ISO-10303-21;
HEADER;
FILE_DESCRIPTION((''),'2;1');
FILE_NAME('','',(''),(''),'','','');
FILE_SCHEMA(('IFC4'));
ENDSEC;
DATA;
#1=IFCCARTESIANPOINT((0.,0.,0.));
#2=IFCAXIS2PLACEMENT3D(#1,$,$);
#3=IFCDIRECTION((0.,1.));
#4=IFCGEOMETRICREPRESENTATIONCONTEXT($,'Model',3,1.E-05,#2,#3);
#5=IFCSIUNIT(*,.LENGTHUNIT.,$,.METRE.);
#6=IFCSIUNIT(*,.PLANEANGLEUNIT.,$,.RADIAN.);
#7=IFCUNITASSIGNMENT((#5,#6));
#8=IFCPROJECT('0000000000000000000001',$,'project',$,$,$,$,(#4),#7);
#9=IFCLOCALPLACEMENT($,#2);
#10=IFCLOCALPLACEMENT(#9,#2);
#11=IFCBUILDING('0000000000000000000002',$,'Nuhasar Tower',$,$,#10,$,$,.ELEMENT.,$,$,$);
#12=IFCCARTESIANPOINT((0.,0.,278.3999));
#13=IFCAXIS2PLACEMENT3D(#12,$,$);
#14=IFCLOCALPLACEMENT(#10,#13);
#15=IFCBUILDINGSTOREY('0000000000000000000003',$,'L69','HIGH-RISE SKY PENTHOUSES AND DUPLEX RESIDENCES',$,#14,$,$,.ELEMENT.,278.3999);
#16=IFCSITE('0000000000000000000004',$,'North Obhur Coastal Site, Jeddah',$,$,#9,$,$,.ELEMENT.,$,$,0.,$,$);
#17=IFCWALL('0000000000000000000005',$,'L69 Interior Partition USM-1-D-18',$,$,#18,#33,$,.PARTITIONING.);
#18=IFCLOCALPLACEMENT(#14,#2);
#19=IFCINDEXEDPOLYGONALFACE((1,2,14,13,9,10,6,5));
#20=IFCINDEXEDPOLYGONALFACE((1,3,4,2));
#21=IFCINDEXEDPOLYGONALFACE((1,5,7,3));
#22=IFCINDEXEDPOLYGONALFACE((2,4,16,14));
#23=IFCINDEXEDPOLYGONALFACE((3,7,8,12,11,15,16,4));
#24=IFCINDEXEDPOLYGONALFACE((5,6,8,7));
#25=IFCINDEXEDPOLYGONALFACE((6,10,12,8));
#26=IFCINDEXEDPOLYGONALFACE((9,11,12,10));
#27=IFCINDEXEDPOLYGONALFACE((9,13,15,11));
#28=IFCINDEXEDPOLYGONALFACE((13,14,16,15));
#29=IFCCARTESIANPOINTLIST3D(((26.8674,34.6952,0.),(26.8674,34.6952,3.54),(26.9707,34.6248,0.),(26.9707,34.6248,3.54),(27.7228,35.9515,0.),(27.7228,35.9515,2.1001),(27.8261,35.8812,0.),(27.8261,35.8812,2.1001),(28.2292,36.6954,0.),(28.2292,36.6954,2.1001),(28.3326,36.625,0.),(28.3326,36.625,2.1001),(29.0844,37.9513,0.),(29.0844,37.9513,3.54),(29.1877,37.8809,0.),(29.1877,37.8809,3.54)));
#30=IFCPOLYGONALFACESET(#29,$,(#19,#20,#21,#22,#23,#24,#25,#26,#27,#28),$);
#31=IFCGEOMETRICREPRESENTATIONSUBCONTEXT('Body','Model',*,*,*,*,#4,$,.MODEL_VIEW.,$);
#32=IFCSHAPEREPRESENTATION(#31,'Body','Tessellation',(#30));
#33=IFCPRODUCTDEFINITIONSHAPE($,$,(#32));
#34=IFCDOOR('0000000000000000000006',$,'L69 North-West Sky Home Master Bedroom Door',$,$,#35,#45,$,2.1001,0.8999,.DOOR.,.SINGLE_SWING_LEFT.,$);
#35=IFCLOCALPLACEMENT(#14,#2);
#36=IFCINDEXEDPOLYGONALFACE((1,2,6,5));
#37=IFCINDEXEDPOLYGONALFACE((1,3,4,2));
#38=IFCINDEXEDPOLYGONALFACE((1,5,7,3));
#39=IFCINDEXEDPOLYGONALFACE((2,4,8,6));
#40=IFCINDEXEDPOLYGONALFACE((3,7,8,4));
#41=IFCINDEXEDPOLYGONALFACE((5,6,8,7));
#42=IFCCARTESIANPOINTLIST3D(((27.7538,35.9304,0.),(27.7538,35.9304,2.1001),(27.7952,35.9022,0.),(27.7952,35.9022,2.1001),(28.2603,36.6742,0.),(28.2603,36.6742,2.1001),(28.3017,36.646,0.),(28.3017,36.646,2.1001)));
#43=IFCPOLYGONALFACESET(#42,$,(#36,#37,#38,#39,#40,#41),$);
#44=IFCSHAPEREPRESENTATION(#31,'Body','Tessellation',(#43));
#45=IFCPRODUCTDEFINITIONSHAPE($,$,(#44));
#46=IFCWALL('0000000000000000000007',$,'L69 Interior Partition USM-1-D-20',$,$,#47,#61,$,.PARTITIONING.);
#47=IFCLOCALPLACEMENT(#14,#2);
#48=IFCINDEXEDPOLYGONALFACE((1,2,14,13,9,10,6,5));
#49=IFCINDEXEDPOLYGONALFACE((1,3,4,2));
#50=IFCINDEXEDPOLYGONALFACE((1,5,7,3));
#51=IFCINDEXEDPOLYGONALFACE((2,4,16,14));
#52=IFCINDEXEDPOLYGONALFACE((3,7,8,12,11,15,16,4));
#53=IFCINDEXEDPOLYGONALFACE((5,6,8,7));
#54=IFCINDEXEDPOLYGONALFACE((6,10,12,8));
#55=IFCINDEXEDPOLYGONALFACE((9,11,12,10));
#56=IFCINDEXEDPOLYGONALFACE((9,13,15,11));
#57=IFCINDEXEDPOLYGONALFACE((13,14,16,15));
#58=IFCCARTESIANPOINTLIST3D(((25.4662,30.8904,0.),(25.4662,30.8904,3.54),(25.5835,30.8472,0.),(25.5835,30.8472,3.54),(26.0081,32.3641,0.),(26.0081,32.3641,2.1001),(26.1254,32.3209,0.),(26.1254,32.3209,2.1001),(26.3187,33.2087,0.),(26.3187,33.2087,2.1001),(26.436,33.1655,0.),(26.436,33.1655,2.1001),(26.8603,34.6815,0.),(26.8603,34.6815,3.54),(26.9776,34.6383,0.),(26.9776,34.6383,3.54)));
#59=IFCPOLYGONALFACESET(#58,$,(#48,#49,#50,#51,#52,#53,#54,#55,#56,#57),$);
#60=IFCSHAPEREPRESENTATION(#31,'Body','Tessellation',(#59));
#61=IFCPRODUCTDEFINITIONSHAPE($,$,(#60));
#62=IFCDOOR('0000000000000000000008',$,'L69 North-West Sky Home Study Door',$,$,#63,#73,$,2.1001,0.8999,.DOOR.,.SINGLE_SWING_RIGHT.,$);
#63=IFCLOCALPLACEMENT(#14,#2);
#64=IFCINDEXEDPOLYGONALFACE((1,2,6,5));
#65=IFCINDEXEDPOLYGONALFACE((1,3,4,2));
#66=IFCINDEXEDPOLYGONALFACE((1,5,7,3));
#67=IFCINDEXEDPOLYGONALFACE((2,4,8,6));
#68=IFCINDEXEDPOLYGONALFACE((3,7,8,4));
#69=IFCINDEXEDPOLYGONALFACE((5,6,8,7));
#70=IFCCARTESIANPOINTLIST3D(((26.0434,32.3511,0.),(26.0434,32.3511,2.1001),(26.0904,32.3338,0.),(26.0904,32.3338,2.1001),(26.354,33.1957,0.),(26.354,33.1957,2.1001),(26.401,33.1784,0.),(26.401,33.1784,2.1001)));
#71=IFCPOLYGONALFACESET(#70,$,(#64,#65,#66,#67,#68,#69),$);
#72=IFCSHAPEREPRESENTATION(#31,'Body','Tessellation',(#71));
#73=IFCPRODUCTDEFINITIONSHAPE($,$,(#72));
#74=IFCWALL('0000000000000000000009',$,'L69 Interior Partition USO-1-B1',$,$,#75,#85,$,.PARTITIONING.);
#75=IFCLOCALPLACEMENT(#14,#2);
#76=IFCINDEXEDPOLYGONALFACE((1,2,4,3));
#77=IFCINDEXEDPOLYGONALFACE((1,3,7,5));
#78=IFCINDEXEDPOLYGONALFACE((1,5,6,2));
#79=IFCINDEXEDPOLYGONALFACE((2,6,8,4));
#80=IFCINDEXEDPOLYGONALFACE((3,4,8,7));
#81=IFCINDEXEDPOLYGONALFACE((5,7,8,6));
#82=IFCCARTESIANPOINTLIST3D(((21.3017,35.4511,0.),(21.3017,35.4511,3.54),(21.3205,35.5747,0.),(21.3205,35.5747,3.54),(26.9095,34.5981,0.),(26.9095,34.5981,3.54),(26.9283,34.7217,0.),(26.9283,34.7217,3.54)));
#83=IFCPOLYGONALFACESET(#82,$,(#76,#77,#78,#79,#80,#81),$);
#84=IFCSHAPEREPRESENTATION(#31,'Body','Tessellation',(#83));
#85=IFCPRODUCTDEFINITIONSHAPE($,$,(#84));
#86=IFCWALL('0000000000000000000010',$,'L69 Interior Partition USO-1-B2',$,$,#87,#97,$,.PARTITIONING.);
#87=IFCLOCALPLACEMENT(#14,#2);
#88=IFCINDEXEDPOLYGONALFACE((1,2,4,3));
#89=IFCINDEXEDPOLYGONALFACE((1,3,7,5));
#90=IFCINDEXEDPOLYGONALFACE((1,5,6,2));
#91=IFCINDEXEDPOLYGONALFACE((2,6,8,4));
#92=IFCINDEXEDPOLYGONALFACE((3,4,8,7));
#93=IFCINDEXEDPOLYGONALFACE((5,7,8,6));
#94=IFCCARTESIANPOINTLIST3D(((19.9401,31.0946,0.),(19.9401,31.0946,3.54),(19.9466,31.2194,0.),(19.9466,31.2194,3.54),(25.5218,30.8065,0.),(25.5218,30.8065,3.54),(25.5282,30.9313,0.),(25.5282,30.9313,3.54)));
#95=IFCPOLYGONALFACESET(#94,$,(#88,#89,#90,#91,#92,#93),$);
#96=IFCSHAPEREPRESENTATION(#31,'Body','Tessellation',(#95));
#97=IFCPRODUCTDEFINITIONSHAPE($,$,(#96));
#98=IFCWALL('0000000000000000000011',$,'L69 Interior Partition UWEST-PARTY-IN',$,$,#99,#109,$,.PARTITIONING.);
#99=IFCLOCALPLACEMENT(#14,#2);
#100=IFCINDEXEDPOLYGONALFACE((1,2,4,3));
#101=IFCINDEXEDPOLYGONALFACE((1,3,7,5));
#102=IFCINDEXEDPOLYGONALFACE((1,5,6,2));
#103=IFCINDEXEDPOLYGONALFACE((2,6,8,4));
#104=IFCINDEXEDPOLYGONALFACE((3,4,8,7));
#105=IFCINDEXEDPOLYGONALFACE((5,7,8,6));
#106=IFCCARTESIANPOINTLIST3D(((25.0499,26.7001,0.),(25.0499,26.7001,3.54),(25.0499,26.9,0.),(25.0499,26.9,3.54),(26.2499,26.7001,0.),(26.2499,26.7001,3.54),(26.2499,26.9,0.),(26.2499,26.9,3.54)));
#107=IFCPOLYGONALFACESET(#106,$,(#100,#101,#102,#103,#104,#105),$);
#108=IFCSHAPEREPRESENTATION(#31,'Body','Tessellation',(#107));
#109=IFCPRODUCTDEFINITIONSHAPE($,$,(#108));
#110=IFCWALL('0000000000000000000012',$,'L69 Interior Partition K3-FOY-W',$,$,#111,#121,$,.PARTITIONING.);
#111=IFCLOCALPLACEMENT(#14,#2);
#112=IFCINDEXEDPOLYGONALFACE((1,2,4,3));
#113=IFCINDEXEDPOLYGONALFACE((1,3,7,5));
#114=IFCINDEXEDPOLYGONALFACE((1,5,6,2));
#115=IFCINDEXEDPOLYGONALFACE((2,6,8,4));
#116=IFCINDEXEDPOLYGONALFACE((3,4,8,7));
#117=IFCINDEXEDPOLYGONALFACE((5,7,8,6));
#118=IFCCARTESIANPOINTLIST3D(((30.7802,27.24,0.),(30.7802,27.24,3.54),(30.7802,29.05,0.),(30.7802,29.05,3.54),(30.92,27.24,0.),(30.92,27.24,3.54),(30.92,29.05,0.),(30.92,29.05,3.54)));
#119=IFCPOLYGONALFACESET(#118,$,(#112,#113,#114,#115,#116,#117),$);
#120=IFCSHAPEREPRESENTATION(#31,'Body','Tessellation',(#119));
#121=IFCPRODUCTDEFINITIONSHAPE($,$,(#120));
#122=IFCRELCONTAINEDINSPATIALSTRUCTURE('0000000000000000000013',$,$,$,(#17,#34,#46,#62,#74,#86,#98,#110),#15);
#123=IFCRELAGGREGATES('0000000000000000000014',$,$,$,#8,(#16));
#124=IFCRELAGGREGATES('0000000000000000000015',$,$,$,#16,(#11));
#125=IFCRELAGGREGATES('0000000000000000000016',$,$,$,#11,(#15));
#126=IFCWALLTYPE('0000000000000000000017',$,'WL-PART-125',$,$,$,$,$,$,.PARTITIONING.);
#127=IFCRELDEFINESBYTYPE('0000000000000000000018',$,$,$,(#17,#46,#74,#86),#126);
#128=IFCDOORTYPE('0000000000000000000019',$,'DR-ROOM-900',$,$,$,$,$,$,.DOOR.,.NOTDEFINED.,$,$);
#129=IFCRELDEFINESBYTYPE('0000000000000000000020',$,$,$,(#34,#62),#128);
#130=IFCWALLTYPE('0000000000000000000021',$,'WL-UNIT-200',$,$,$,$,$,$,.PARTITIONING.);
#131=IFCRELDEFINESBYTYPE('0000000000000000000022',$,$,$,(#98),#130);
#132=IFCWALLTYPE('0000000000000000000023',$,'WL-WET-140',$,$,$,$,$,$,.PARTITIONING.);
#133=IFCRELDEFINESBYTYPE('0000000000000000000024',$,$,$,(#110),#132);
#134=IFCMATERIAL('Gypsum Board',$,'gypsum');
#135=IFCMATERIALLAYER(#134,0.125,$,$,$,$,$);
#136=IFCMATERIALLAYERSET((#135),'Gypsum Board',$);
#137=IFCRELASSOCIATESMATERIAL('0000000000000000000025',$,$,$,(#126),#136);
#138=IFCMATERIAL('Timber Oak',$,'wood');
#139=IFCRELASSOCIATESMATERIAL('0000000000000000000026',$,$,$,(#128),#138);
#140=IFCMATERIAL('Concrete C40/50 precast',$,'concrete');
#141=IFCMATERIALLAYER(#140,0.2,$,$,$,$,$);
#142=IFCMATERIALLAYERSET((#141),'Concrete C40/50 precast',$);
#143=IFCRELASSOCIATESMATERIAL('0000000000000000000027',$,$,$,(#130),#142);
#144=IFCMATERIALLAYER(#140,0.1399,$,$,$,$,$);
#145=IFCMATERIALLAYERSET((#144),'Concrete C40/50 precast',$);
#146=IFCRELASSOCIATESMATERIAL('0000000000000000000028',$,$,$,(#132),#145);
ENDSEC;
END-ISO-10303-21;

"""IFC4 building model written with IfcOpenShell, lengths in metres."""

from ifc_helpers import new_model, si_unit, direction, frame, frame_2d, origin, place, context, subcontext, project, spatial, rectangle, extrude, material, layer, layer_set, type_object, element, fill, save


model = new_model("IFC4")

# Units and contexts
model_context = context("Model", 3, precision=1e-05, world=origin(), true_north=direction((0.0, 1.0)))
body_context = subcontext(model_context, "Body", "Model", "MODEL_VIEW")
ifc_project = project(units=[si_unit("LENGTHUNIT", "METRE"), si_unit("PLANEANGLEUNIT", "RADIAN")], contexts=[model_context])

# Site, building, storey
site_placement = place(None, origin())
site = spatial("IfcSite", under=ifc_project, at=site_placement, Name="North Obhur Coastal Site, Jeddah", CompositionType="ELEMENT", RefElevation=0.0)
building_placement = place(site_placement, origin())
building = spatial("IfcBuilding", under=site, at=building_placement, Name="Nuhasar Tower", CompositionType="ELEMENT")
storey_placement = place(building_placement, frame((0.0, 0.0, 278.3999)))
storey = spatial("IfcBuildingStorey", under=building, at=storey_placement, Name="L69", Description="HIGH-RISE SKY PENTHOUSES AND DUPLEX RESIDENCES", CompositionType="ELEMENT", Elevation=278.3999)

# Shared definitions
ifc_material_1 = material(Name="Gypsum Board", Category="gypsum")

# Shared definitions
ifc_material_2 = material(Name="Timber Oak", Category="wood")

# Walls, openings, doors
ifc_layer_1 = layer(ifc_material_1, 0.125)
ifc_layer_set_1 = layer_set([ifc_layer_1], Name="Gypsum Board")
wall_type_1 = type_object("IfcWallType", Name="WL-PART-125", PredefinedType="PARTITIONING", material=ifc_layer_set_1)
door_type_1 = type_object("IfcDoorType", Name="DR-ROOM-900", OperationType="NOTDEFINED", PredefinedType="DOOR", material=ifc_material_2)
wall_1_placement = place(storey_placement, frame((26.9189, 34.6599, 0.0), z_axis=(0.0, 0.0, 1.0), x_axis=(0.562812, 0.826585, 0.0)))
wall_1 = element("IfcWall", 1, at=wall_1_placement, inside=storey, type_object=wall_type_1, Name="L69 Interior Partition USM-1-D-18", PredefinedType="PARTITIONING", context=body_context, shape_type="SweptSolid", body=[
    extrude(rectangle(XDim=3.9392, YDim=0.125, at=frame_2d((1.9697, 0.0))), origin(), (0.0, 0.0, 1.0), 3.54),
])
opening_1_placement = place(wall_1_placement, frame((1.52, 0.0, 0.0)))
opening_1 = element("IfcOpeningElement", 2, at=opening_1_placement, cuts=wall_1, PredefinedType="OPENING", context=body_context, shape_type="SweptSolid", body=[
    extrude(rectangle(XDim=0.8999, YDim=2.1001, at=frame_2d((0.45, 1.05))), frame((0.0, 0.0725, 0.0), z_axis=(0.0, -1.0, 0.0), x_axis=(1.0, 0.0, 0.0)), (0.0, 0.0, 1.0), 0.145),
])
door_1_placement = place(opening_1_placement, origin())
door_1 = element("IfcDoor", 3, at=door_1_placement, inside=storey, type_object=door_type_1, Name="L69 North-West Sky Home Master Bedroom Door", OperationType="SINGLE_SWING_LEFT", OverallHeight=2.1001, OverallWidth=0.8999, PredefinedType="DOOR", context=body_context, shape_type="SweptSolid", body=[
    extrude(rectangle(XDim=0.8999, YDim=2.1001, at=frame_2d((0.45, 1.05))), frame((0.0, 0.0249, 0.0), z_axis=(0.0, -1.0, 0.0), x_axis=(1.0, 0.0, 0.0)), (0.0, 0.0, 1.0), 0.05),
])
fill(opening_1, door_1)
wall_2_placement = place(storey_placement, frame((25.5249, 30.8689, 0.0), z_axis=(0.0, 0.0, 1.0), x_axis=(0.345128, 0.938556, 0.0)))
wall_2 = element("IfcWall", 4, at=wall_2_placement, inside=storey, type_object=wall_type_1, Name="L69 Interior Partition USM-1-D-20", PredefinedType="PARTITIONING", context=body_context, shape_type="SweptSolid", body=[
    extrude(rectangle(XDim=4.0393, YDim=0.125, at=frame_2d((2.0195, 0.0))), origin(), (0.0, 0.0, 1.0), 3.54),
])
opening_2_placement = place(wall_2_placement, frame((1.5701, 0.0, 0.0)))
opening_2 = element("IfcOpeningElement", 5, at=opening_2_placement, cuts=wall_2, PredefinedType="OPENING", context=body_context, shape_type="SweptSolid", body=[
    extrude(rectangle(XDim=0.8999, YDim=2.1001, at=frame_2d((0.45, 1.05))), frame((0.0, 0.0725, 0.0), z_axis=(0.0, -1.0, 0.0), x_axis=(1.0, 0.0, 0.0)), (0.0, 0.0, 1.0), 0.145),
])
door_2_placement = place(opening_2_placement, origin())
door_2 = element("IfcDoor", 6, at=door_2_placement, inside=storey, type_object=door_type_1, Name="L69 North-West Sky Home Study Door", OperationType="SINGLE_SWING_RIGHT", OverallHeight=2.1001, OverallWidth=0.8999, PredefinedType="DOOR", context=body_context, shape_type="SweptSolid", body=[
    extrude(rectangle(XDim=0.8999, YDim=2.1001, at=frame_2d((0.45, 1.05))), frame((0.0, 0.0249, 0.0), z_axis=(0.0, -1.0, 0.0), x_axis=(1.0, 0.0, 0.0)), (0.0, 0.0, 1.0), 0.05),
])
fill(opening_2, door_2)

# Walls
wall_3_placement = place(storey_placement, frame((26.9189, 34.6599, 0.0), z_axis=(0.0, 0.0, 1.0), x_axis=(-0.988628, 0.150382, 0.0)))
element("IfcWall", 7, at=wall_3_placement, inside=storey, type_object=wall_type_1, Name="L69 Interior Partition USO-1-B1", PredefinedType="PARTITIONING", context=body_context, shape_type="SweptSolid", body=[
    extrude(rectangle(XDim=5.6724, YDim=0.125, at=frame_2d((2.8362, 0.0))), origin(), (0.0, 0.0, 1.0), 3.54),
])
wall_4_placement = place(storey_placement, frame((25.5249, 30.8689, 0.0), z_axis=(0.0, 0.0, 1.0), x_axis=(-0.998671, 0.051543, 0.0)))
element("IfcWall", 8, at=wall_4_placement, inside=storey, type_object=wall_type_1, Name="L69 Interior Partition USO-1-B2", PredefinedType="PARTITIONING", context=body_context, shape_type="SweptSolid", body=[
    extrude(rectangle(XDim=5.5891, YDim=0.125, at=frame_2d((2.7944, 0.0))), origin(), (0.0, 0.0, 1.0), 3.54),
])
ifc_material_3 = material(Name="Concrete C40/50 precast", Category="concrete")
ifc_layer_2 = layer(ifc_material_3, 0.2)
ifc_layer_set_2 = layer_set([ifc_layer_2], Name="Concrete C40/50 precast")
wall_type_2 = type_object("IfcWallType", Name="WL-UNIT-200", PredefinedType="PARTITIONING", material=ifc_layer_set_2)
wall_5_placement = place(storey_placement, frame((26.25, 26.8, 0.0), z_axis=(0.0, 0.0, 1.0), x_axis=(-1.0, 0.0, 0.0)))
element("IfcWall", 9, at=wall_5_placement, inside=storey, type_object=wall_type_2, Name="L69 Interior Partition UWEST-PARTY-IN", PredefinedType="PARTITIONING", context=body_context, shape_type="SweptSolid", body=[
    extrude(rectangle(XDim=1.2, YDim=0.2, at=frame_2d((0.6001, 0.0))), origin(), (0.0, 0.0, 1.0), 3.54),
])
ifc_layer_3 = layer(ifc_material_3, 0.1399)
ifc_layer_set_3 = layer_set([ifc_layer_3], Name="Concrete C40/50 precast")
wall_type_3 = type_object("IfcWallType", Name="WL-WET-140", PredefinedType="PARTITIONING", material=ifc_layer_set_3)
wall_6_placement = place(storey_placement, frame((30.8501, 27.24, 0.0), z_axis=(0.0, 0.0, 1.0), x_axis=(0.0, 1.0, 0.0)))
element("IfcWall", 10, at=wall_6_placement, inside=storey, type_object=wall_type_3, Name="L69 Interior Partition K3-FOY-W", PredefinedType="PARTITIONING", context=body_context, shape_type="SweptSolid", body=[
    extrude(rectangle(XDim=1.8101, YDim=0.1399, at=frame_2d((0.905, 0.0))), origin(), (0.0, 0.0, 1.0), 3.54),
])

save(model, "model.ifc")
